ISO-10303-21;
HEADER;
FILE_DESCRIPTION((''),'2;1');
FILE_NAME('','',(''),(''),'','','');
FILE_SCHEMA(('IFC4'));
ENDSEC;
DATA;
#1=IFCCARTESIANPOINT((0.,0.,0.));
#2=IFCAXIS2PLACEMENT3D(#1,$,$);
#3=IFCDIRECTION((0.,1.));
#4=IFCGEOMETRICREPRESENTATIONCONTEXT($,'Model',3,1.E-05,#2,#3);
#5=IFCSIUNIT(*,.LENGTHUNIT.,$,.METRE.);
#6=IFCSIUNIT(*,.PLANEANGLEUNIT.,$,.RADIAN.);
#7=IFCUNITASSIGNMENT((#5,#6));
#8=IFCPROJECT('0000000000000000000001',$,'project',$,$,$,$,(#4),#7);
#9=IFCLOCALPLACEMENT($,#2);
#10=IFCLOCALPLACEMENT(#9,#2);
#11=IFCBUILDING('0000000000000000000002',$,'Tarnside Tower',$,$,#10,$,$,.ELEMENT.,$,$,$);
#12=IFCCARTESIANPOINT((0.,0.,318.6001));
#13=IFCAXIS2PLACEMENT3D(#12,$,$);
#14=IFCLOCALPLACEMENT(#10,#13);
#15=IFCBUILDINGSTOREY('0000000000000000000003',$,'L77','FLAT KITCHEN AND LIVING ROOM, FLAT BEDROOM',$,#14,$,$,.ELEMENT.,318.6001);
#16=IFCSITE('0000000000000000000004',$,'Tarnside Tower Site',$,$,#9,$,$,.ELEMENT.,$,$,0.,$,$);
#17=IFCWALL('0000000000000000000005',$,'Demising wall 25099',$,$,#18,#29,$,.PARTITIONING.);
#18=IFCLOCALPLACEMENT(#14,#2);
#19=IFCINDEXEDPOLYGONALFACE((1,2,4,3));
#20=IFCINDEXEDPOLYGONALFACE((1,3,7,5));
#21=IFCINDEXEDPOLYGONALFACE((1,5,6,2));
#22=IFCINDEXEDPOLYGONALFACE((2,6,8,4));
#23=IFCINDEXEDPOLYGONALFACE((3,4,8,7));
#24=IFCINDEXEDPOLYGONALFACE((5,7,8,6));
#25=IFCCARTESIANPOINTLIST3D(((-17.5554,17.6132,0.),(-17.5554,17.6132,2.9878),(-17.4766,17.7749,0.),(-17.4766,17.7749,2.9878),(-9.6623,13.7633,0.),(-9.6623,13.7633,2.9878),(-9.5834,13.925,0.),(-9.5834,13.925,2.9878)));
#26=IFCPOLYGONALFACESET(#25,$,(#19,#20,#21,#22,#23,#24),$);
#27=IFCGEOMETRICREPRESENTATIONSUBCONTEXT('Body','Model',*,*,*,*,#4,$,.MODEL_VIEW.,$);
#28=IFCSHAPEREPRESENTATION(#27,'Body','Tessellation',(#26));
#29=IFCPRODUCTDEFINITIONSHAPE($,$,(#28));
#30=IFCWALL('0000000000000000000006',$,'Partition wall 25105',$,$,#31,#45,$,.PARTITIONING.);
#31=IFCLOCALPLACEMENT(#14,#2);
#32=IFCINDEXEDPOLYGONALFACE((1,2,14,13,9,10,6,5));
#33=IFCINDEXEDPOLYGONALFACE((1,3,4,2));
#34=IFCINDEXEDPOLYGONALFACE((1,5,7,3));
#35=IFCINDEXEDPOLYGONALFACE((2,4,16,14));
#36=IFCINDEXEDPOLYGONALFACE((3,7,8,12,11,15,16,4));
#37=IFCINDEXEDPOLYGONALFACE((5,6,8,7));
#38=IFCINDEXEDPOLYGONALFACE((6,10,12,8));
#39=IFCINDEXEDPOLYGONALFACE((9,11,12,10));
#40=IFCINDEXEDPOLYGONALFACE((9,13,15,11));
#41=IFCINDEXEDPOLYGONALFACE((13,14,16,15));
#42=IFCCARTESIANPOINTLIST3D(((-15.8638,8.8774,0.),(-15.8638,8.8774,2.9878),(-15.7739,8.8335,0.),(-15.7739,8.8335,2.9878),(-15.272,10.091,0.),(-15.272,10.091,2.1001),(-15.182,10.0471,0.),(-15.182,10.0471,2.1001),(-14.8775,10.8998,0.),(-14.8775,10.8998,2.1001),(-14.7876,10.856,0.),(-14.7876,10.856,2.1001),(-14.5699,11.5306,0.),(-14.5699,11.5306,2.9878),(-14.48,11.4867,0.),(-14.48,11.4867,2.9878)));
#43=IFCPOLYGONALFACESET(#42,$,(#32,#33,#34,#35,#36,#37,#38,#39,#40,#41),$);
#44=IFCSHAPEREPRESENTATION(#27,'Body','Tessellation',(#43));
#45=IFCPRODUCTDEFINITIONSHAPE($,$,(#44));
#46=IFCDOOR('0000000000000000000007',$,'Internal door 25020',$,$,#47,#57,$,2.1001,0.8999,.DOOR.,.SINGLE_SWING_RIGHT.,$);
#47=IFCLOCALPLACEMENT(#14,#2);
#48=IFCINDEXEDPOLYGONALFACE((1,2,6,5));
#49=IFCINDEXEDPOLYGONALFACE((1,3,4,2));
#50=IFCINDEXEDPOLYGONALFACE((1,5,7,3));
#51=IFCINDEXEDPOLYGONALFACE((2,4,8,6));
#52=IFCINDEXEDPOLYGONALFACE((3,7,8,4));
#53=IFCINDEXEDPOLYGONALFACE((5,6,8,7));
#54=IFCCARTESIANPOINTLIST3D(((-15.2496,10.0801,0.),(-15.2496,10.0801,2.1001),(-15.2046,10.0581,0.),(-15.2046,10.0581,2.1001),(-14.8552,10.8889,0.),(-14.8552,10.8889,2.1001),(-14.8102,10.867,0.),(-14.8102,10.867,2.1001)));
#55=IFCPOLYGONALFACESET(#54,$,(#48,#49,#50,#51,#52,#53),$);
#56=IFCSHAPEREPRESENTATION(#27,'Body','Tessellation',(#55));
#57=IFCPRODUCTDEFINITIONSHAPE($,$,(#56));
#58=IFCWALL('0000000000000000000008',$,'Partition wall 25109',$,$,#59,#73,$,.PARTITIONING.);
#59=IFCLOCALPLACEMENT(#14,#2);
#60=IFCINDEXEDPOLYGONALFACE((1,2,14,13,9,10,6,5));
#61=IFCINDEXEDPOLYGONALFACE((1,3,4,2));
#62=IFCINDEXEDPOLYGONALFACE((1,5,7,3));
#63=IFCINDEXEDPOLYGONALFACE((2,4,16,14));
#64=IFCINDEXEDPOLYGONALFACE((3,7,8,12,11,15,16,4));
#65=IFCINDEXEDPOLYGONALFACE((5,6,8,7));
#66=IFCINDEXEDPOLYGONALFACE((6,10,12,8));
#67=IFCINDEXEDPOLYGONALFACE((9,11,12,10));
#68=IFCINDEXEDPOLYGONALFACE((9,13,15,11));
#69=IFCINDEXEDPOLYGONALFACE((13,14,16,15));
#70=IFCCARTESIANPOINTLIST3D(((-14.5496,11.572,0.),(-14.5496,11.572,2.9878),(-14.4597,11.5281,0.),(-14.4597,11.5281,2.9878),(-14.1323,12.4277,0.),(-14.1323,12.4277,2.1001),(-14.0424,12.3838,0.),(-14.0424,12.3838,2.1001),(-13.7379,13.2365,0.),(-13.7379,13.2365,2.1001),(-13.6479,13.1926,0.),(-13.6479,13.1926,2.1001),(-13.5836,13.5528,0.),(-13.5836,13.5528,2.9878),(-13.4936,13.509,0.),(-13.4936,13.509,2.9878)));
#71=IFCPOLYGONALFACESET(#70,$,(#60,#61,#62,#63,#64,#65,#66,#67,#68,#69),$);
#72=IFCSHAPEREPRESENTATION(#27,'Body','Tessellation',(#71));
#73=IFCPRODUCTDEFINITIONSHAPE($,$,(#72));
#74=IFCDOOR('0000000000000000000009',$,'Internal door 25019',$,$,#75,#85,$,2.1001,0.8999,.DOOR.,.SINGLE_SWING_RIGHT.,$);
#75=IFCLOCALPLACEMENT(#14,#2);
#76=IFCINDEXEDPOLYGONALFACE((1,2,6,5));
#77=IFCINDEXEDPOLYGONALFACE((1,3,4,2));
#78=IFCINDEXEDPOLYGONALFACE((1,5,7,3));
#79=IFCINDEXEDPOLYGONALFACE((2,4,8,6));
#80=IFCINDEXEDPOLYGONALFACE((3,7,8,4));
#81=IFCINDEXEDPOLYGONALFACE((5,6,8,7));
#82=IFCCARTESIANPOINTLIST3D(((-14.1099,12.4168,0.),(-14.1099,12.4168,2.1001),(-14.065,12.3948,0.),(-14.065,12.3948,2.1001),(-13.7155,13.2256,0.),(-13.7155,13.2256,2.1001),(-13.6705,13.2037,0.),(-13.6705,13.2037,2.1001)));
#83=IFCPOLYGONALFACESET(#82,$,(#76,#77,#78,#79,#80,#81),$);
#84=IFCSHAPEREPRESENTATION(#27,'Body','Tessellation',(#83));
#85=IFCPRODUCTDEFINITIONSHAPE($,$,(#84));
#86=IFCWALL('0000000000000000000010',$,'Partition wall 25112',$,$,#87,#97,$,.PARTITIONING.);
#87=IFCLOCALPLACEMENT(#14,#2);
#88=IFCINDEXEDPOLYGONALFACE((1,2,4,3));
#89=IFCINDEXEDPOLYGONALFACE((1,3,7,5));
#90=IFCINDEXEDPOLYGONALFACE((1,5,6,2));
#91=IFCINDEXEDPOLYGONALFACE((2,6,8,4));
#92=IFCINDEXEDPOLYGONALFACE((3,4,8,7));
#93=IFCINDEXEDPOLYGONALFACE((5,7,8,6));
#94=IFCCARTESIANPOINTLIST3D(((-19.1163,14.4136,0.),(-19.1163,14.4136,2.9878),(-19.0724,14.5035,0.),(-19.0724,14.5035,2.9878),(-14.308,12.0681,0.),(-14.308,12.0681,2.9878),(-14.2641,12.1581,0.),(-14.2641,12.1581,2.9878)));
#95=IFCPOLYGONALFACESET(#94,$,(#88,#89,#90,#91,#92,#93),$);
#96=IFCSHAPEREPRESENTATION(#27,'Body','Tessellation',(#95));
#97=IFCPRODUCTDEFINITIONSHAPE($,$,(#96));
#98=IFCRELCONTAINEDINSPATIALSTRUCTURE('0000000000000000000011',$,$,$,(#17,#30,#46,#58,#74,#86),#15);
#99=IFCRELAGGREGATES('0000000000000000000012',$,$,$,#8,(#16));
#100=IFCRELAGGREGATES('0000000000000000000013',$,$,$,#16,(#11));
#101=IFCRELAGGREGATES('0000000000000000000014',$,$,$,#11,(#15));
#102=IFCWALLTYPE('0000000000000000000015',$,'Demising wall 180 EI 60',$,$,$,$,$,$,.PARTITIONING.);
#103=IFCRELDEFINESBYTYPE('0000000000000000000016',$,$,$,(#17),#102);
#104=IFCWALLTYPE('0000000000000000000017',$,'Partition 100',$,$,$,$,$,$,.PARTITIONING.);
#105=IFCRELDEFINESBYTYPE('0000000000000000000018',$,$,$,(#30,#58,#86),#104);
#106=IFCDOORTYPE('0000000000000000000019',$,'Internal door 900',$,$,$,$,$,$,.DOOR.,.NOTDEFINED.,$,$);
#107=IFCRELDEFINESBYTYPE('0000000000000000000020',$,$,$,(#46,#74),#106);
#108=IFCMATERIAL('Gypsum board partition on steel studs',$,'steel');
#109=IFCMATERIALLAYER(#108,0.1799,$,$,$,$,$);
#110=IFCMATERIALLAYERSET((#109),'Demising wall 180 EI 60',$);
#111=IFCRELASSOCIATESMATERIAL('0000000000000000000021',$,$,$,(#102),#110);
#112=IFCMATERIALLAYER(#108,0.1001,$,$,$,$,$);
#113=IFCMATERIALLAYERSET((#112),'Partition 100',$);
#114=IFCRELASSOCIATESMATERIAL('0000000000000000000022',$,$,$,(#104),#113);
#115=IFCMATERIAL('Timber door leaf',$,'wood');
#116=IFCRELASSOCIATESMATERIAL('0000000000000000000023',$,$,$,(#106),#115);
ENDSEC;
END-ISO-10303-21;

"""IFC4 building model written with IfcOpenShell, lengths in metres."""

from ifc_helpers import new_model, si_unit, direction, frame, frame_2d, origin, place, context, subcontext, project, spatial, rectangle, extrude, material, layer, layer_set, type_object, element, fill, save


model = new_model("IFC4")

# Units and contexts
model_context = context("Model", 3, precision=1e-05, world=origin(), true_north=direction((0.0, 1.0)))
body_context = subcontext(model_context, "Body", "Model", "MODEL_VIEW")
ifc_project = project(units=[si_unit("LENGTHUNIT", "METRE"), si_unit("PLANEANGLEUNIT", "RADIAN")], contexts=[model_context])

# Site, building, storey
site_placement = place(None, origin())
site = spatial("IfcSite", under=ifc_project, at=site_placement, Name="Tarnside Tower Site", CompositionType="ELEMENT", RefElevation=0.0)
building_placement = place(site_placement, origin())
building = spatial("IfcBuilding", under=site, at=building_placement, Name="Tarnside Tower", CompositionType="ELEMENT")
storey_placement = place(building_placement, frame((0.0, 0.0, 318.6001)))
storey = spatial("IfcBuildingStorey", under=building, at=storey_placement, Name="L77", Description="FLAT KITCHEN AND LIVING ROOM, FLAT BEDROOM", CompositionType="ELEMENT", Elevation=318.6001)

# Shared definitions
ifc_material_1 = material(Name="Gypsum board partition on steel studs", Category="steel")
ifc_material_2 = material(Name="Timber door leaf", Category="wood")

# Wall
ifc_layer_1 = layer(ifc_material_1, 0.1799)
ifc_layer_set_1 = layer_set([ifc_layer_1], Name="Demising wall 180 EI 60")
wall_type_1 = type_object("IfcWallType", Name="Demising wall 180 EI 60", PredefinedType="PARTITIONING", material=ifc_layer_set_1)
wall_1_placement = place(storey_placement, frame((-17.5161, 17.6941, 0.0), z_axis=(0.0, 0.0, 1.0), x_axis=(0.898787, -0.438385, 0.0)))
element("IfcWall", 1, at=wall_1_placement, inside=storey, type_object=wall_type_1, Name="Demising wall 25099", PredefinedType="PARTITIONING", context=body_context, shape_type="SweptSolid", body=[
    extrude(rectangle(XDim=8.782, YDim=0.1799, at=frame_2d((4.3911, 0.0))), origin(), (0.0, 0.0, 1.0), 2.9878),
])

# Walls, openings, doors
ifc_layer_2 = layer(ifc_material_1, 0.1001)
ifc_layer_set_2 = layer_set([ifc_layer_2], Name="Partition 100")
wall_type_2 = type_object("IfcWallType", Name="Partition 100", PredefinedType="PARTITIONING", material=ifc_layer_set_2)
wall_2_placement = place(storey_placement, frame((-14.5249, 11.5088, 0.0), z_axis=(0.0, 0.0, 1.0), x_axis=(-0.438326, -0.898816, 0.0)))
wall_2 = element("IfcWall", 2, at=wall_2_placement, inside=storey, type_object=wall_type_2, Name="Partition wall 25105", PredefinedType="PARTITIONING", context=body_context, shape_type="SweptSolid", body=[
    extrude(rectangle(XDim=2.9519, YDim=0.1001, at=frame_2d((1.4761, 0.0))), origin(), (0.0, 0.0, 1.0), 2.9878),
])
opening_1_placement = place(wall_2_placement, frame((0.7019, 0.0, 0.0)))
opening_1 = element("IfcOpeningElement", 3, at=opening_1_placement, cuts=wall_2, PredefinedType="OPENING", context=body_context, shape_type="SweptSolid", body=[
    extrude(rectangle(XDim=0.8999, YDim=2.1001, at=frame_2d((0.45, 1.05))), frame((0.0, 0.0601, 0.0), z_axis=(0.0, -1.0, 0.0), x_axis=(1.0, 0.0, 0.0)), (0.0, 0.0, 1.0), 0.1201),
])
door_type_1 = type_object("IfcDoorType", Name="Internal door 900", OperationType="NOTDEFINED", PredefinedType="DOOR", material=ifc_material_2)
door_1_placement = place(opening_1_placement, origin())
door_1 = element("IfcDoor", 4, at=door_1_placement, inside=storey, type_object=door_type_1, Name="Internal door 25020", OperationType="SINGLE_SWING_RIGHT", OverallHeight=2.1001, OverallWidth=0.8999, PredefinedType="DOOR", context=body_context, shape_type="SweptSolid", body=[
    extrude(rectangle(XDim=0.8999, YDim=2.1001, at=frame_2d((0.45, 1.05))), frame((0.0, 0.0249, 0.0), z_axis=(0.0, -1.0, 0.0), x_axis=(1.0, 0.0, 0.0)), (0.0, 0.0, 1.0), 0.05),
])
fill(opening_1, door_1)
wall_3_placement = place(storey_placement, frame((-13.5386, 13.531, 0.0), z_axis=(0.0, 0.0, 1.0), x_axis=(-0.43833, -0.898814, 0.0)))
wall_3 = element("IfcWall", 5, at=wall_3_placement, inside=storey, type_object=wall_type_2, Name="Partition wall 25109", PredefinedType="PARTITIONING", context=body_context, shape_type="SweptSolid", body=[
    extrude(rectangle(XDim=2.2039, YDim=0.1001, at=frame_2d((1.1021, 0.0))), origin(), (0.0, 0.0, 1.0), 2.9878),
])
opening_2_placement = place(wall_3_placement, frame((0.3521, 0.0, 0.0)))
opening_2 = element("IfcOpeningElement", 6, at=opening_2_placement, cuts=wall_3, PredefinedType="OPENING", context=body_context, shape_type="SweptSolid", body=[
    extrude(rectangle(XDim=0.8999, YDim=2.1001, at=frame_2d((0.45, 1.05))), frame((0.0, 0.0601, 0.0), z_axis=(0.0, -1.0, 0.0), x_axis=(1.0, 0.0, 0.0)), (0.0, 0.0, 1.0), 0.1201),
])
door_2_placement = place(opening_2_placement, origin())
door_2 = element("IfcDoor", 7, at=door_2_placement, inside=storey, type_object=door_type_1, Name="Internal door 25019", OperationType="SINGLE_SWING_RIGHT", OverallHeight=2.1001, OverallWidth=0.8999, PredefinedType="DOOR", context=body_context, shape_type="SweptSolid", body=[
    extrude(rectangle(XDim=0.8999, YDim=2.1001, at=frame_2d((0.45, 1.05))), frame((0.0, 0.0249, 0.0), z_axis=(0.0, -1.0, 0.0), x_axis=(1.0, 0.0, 0.0)), (0.0, 0.0, 1.0), 0.05),
])
fill(opening_2, door_2)

# Wall
wall_4_placement = place(storey_placement, frame((-19.0942, 14.4585, 0.0), z_axis=(0.0, 0.0, 1.0), x_axis=(0.898774, -0.438412, 0.0)))
element("IfcWall", 8, at=wall_4_placement, inside=storey, type_object=wall_type_2, Name="Partition wall 25112", PredefinedType="PARTITIONING", context=body_context, shape_type="SweptSolid", body=[
    extrude(rectangle(XDim=5.3499, YDim=0.1001, at=frame_2d((2.6748, 0.0))), origin(), (0.0, 0.0, 1.0), 2.9878),
])

save(model, "model.ifc")
